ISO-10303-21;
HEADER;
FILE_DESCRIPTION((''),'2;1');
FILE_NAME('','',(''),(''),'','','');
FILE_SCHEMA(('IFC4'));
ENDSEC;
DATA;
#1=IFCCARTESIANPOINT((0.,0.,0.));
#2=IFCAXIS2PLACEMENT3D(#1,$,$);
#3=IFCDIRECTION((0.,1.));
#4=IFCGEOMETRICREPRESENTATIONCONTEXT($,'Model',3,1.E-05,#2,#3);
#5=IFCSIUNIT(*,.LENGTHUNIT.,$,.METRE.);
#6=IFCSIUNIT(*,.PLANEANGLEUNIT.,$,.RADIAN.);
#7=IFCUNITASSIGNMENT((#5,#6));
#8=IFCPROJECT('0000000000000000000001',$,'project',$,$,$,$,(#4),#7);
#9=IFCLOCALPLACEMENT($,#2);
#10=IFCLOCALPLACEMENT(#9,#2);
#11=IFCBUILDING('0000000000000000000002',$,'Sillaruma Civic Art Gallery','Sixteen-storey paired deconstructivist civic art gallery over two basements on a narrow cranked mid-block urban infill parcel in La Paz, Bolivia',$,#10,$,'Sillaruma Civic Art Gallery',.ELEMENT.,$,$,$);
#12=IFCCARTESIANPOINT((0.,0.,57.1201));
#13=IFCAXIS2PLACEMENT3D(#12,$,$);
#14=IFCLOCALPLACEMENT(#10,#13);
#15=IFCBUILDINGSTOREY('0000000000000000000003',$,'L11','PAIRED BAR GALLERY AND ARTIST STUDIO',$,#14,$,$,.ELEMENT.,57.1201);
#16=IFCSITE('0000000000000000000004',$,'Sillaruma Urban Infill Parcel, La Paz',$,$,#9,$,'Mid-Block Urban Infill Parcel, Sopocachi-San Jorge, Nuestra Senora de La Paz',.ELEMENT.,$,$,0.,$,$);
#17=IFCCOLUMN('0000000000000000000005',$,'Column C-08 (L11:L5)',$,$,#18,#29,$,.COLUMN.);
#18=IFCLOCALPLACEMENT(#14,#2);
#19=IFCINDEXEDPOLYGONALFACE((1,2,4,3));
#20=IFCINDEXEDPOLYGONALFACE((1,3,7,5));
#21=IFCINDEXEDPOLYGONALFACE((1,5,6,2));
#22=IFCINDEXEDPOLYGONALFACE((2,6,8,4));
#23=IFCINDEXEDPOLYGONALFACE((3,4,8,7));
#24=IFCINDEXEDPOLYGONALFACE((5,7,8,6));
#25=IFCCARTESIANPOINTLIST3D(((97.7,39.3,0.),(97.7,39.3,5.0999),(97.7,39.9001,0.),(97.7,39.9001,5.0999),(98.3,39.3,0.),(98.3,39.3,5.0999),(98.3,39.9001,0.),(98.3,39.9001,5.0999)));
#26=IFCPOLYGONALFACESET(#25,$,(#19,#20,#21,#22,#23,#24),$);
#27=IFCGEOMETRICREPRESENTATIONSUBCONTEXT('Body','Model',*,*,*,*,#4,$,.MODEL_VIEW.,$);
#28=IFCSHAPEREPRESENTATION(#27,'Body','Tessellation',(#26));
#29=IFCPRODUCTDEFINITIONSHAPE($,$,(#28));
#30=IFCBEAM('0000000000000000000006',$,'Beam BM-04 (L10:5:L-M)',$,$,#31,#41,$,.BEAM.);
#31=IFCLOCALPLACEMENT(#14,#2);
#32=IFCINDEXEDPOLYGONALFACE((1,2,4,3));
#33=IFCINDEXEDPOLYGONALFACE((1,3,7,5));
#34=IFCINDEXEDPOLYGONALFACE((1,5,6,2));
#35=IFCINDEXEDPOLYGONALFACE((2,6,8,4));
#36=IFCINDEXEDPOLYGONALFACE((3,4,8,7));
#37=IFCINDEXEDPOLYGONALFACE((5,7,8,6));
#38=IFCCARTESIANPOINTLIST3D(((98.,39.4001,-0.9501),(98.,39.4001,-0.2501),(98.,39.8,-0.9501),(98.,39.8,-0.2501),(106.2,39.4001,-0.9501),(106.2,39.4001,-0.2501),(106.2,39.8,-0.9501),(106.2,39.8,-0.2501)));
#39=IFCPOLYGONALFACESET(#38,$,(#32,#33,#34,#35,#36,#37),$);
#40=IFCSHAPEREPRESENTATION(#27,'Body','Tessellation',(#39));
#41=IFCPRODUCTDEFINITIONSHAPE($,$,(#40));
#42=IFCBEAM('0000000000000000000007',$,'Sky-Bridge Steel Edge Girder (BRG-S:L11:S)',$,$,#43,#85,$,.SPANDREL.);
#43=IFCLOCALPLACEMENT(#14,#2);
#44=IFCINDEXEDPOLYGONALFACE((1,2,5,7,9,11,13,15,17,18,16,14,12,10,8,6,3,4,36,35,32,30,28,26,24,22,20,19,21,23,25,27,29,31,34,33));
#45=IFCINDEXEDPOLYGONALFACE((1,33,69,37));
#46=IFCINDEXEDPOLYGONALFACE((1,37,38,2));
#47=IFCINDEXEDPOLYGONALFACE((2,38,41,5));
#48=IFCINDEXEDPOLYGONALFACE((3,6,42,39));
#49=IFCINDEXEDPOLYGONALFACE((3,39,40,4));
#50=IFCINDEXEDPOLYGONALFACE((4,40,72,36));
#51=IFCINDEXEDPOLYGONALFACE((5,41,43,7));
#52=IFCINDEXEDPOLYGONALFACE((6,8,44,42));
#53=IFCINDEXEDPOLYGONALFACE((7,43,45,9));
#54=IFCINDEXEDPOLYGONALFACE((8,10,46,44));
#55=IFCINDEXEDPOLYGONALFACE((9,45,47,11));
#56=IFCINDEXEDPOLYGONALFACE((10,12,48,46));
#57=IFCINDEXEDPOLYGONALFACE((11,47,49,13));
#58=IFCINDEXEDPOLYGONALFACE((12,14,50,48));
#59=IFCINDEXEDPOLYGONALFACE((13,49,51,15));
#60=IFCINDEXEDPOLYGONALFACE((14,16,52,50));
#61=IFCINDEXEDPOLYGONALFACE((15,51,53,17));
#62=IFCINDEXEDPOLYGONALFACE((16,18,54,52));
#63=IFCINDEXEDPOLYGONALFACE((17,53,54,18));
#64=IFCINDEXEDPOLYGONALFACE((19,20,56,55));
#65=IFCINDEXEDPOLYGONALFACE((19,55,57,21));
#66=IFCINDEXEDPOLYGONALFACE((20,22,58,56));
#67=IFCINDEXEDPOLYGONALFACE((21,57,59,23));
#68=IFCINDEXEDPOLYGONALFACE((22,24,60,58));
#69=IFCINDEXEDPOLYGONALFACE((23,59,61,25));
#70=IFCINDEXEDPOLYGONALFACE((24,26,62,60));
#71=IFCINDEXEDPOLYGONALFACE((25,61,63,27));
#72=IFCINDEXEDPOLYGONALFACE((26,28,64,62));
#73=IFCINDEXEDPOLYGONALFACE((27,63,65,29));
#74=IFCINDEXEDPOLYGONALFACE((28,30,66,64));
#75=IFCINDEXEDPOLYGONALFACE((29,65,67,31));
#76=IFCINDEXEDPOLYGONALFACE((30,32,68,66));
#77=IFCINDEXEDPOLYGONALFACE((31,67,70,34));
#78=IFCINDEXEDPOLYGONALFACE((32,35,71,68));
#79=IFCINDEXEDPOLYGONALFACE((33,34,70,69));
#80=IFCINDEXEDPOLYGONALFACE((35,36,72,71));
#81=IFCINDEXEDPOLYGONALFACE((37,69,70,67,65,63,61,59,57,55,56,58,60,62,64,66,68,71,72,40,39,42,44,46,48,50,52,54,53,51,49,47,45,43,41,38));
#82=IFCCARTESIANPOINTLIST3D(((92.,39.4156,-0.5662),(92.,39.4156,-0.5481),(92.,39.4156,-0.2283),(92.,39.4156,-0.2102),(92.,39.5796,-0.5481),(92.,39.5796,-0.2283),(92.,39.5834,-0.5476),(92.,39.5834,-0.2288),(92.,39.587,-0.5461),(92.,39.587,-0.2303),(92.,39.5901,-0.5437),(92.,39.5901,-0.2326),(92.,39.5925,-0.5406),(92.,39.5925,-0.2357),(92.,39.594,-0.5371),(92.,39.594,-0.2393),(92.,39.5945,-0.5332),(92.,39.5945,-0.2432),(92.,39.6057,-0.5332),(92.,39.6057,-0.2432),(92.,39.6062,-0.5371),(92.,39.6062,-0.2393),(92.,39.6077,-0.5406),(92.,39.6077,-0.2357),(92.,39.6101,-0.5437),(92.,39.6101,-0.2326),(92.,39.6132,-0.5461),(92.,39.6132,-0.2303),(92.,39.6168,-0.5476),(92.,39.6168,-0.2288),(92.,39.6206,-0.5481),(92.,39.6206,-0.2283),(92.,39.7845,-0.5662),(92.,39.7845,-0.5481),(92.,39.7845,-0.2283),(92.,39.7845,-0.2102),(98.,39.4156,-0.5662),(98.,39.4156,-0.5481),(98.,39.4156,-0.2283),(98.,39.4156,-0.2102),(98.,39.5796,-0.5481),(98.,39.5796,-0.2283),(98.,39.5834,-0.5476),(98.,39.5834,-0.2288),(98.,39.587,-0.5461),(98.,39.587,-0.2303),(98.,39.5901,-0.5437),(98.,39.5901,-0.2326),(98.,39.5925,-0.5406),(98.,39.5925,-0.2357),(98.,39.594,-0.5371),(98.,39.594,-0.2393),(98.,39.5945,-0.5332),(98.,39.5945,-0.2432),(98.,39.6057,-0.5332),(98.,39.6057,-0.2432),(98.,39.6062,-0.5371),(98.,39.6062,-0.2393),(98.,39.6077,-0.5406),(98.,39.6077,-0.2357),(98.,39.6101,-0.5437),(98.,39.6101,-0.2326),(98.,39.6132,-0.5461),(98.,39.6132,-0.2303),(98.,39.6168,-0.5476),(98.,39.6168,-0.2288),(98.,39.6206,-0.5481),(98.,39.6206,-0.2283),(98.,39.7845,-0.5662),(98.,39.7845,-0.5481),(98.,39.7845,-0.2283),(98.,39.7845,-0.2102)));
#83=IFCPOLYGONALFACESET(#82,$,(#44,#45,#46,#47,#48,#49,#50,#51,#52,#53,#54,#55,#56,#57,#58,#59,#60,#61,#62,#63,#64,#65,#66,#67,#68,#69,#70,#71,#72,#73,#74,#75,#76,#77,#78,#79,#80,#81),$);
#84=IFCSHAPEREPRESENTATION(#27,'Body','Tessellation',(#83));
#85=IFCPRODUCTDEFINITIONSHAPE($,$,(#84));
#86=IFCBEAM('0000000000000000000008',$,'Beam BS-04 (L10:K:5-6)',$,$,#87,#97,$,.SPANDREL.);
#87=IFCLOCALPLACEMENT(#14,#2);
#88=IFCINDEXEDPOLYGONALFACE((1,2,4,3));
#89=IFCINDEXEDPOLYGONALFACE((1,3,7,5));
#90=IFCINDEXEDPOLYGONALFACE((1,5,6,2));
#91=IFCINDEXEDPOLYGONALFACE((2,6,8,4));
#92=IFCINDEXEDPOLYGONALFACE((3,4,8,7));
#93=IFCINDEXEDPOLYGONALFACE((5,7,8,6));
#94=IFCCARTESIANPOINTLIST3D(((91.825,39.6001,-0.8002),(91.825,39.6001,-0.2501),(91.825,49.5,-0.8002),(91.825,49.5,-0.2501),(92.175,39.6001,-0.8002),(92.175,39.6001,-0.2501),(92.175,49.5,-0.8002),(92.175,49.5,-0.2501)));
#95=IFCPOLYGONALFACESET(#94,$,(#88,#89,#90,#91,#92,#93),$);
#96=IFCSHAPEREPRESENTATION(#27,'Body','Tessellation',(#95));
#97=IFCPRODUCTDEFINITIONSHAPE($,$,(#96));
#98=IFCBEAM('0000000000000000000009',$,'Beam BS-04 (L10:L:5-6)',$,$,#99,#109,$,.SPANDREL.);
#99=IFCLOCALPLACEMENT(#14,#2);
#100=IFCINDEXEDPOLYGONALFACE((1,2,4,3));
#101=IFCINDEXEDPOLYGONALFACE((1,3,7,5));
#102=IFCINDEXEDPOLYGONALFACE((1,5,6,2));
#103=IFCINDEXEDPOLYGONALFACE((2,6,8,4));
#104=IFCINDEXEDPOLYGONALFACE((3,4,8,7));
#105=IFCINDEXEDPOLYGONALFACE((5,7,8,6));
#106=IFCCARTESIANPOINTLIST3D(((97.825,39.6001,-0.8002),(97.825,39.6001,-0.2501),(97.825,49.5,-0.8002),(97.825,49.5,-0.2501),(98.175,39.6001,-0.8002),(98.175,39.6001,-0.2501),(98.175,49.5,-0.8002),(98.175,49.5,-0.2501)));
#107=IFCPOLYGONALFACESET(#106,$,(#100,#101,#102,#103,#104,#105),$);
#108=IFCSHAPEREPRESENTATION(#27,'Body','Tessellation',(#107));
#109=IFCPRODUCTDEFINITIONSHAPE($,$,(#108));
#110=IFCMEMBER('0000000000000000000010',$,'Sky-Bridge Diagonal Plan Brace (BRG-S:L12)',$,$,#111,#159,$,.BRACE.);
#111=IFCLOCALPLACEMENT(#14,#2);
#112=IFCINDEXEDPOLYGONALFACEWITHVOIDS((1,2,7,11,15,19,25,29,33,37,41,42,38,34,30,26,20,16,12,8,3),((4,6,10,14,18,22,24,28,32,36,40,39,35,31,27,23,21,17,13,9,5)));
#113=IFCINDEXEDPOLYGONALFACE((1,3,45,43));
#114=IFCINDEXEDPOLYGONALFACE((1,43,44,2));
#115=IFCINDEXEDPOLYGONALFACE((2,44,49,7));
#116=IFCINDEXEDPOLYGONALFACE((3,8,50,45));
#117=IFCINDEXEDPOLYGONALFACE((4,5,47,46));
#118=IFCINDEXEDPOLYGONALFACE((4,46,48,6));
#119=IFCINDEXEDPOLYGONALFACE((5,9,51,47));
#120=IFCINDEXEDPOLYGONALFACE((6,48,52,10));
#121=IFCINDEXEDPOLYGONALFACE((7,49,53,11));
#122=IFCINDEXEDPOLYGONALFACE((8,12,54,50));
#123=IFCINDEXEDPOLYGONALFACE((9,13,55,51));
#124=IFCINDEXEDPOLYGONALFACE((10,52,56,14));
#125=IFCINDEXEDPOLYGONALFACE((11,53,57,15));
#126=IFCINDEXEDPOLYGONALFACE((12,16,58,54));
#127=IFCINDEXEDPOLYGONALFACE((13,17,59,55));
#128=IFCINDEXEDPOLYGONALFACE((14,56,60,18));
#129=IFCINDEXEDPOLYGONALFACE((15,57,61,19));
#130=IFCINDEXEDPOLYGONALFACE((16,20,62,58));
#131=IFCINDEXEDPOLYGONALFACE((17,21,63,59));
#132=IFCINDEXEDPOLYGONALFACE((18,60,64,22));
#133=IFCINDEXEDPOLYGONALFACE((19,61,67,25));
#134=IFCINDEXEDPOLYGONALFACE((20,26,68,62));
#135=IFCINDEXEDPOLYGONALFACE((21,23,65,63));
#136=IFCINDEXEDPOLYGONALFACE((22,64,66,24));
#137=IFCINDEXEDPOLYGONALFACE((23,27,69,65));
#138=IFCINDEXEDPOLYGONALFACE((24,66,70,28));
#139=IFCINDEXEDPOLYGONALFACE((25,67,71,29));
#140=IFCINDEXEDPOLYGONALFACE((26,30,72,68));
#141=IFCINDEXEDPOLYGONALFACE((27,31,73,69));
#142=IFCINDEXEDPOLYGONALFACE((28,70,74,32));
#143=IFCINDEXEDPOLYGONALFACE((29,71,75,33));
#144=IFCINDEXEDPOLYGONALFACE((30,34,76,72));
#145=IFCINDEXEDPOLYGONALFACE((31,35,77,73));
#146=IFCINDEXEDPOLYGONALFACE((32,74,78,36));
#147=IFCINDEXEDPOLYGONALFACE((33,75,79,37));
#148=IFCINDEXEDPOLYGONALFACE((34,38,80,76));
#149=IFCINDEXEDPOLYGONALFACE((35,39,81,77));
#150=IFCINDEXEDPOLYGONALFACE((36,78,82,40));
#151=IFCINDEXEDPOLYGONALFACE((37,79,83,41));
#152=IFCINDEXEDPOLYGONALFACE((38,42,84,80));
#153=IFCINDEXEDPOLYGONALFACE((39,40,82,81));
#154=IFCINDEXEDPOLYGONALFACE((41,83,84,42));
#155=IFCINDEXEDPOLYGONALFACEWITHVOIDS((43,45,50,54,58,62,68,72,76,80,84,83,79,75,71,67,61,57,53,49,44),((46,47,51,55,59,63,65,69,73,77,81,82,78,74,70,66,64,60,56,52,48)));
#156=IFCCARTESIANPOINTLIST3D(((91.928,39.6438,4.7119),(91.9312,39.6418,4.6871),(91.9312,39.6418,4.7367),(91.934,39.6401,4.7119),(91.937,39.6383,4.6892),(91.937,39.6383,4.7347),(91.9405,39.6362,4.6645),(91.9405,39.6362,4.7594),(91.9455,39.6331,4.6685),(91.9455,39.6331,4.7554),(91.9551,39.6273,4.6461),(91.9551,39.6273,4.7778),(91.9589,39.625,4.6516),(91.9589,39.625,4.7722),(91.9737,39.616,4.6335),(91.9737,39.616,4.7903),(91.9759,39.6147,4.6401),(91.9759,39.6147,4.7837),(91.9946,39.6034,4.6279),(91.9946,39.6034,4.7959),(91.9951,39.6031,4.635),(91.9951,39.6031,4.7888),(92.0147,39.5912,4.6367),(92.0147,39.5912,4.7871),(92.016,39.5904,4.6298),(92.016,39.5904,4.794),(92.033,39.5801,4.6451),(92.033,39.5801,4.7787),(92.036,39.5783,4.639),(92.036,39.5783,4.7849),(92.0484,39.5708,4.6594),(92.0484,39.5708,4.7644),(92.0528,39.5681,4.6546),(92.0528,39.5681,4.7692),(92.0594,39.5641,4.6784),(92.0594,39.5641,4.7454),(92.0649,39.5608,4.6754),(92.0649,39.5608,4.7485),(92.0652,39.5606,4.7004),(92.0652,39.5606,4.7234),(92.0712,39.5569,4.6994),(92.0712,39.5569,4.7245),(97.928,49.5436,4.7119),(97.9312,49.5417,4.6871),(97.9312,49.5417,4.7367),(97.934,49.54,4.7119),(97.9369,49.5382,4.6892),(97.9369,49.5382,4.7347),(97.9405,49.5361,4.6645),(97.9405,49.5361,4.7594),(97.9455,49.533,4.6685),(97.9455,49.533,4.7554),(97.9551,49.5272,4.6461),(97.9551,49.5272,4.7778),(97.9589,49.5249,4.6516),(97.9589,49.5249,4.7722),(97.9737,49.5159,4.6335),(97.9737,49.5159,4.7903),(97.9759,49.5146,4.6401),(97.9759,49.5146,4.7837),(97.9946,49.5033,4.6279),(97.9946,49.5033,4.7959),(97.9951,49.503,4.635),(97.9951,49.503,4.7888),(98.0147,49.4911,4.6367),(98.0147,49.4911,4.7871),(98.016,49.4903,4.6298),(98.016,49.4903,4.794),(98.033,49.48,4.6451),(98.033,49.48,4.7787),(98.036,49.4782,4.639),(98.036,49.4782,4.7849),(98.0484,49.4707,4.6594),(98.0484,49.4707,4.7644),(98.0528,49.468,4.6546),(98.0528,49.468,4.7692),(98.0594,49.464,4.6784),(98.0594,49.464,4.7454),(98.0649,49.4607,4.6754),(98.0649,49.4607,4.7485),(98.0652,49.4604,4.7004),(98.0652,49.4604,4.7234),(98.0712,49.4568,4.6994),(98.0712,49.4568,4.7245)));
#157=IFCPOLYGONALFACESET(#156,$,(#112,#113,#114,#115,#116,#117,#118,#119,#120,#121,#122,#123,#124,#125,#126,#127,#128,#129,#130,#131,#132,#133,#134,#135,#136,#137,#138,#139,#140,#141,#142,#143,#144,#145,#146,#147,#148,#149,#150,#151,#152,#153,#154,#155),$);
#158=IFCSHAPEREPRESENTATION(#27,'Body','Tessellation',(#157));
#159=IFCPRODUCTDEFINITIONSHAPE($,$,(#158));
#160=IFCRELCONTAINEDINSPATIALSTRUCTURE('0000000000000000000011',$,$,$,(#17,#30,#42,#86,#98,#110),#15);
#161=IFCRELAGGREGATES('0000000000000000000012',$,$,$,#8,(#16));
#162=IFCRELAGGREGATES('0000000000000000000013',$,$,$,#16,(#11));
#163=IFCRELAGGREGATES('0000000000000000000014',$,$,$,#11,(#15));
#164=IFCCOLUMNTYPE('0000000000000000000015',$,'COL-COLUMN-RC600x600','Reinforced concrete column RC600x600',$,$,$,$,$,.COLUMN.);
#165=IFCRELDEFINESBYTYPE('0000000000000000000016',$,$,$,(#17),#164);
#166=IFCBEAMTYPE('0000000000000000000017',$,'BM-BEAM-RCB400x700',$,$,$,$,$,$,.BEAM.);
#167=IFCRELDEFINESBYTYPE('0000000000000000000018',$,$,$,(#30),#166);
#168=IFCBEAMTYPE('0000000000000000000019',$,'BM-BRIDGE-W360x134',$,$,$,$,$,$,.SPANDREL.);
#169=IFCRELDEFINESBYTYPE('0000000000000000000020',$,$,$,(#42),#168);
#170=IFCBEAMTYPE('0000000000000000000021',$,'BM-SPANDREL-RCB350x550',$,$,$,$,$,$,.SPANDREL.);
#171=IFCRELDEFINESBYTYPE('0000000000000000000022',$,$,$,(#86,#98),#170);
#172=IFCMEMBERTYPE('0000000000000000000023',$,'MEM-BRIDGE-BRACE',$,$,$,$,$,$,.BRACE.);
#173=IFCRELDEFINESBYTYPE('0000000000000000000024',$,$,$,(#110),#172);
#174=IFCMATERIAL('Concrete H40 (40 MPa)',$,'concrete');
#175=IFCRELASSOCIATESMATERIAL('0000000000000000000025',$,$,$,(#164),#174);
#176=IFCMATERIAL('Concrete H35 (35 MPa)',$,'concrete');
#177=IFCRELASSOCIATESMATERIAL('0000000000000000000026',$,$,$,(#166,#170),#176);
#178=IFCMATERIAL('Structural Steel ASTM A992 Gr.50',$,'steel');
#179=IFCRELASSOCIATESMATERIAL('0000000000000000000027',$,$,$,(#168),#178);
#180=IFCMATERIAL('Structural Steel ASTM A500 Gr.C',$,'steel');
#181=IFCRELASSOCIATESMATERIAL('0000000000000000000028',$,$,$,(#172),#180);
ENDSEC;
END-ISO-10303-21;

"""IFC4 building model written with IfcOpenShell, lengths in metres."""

from ifc_helpers import new_model, si_unit, direction, frame, origin, origin_2d, place, context, subcontext, project, spatial, rectangle, hollow_circle, i_section, extrude, material, material_profile, profile_set, type_object, element, save


model = new_model("IFC4")

# Units and contexts
model_context = context("Model", 3, precision=1e-05, world=origin(), true_north=direction((0.0, 1.0)))
body_context = subcontext(model_context, "Body", "Model", "MODEL_VIEW")
ifc_project = project(units=[si_unit("LENGTHUNIT", "METRE"), si_unit("PLANEANGLEUNIT", "RADIAN")], contexts=[model_context])

# Site, building, storey
site_placement = place(None, origin())
site = spatial("IfcSite", under=ifc_project, at=site_placement, Name="Sillaruma Urban Infill Parcel, La Paz", LongName="Mid-Block Urban Infill Parcel, Sopocachi-San Jorge, Nuestra Senora de La Paz", CompositionType="ELEMENT", RefElevation=0.0)
building_placement = place(site_placement, origin())
building = spatial("IfcBuilding", under=site, at=building_placement, Name="Sillaruma Civic Art Gallery", Description="Sixteen-storey paired deconstructivist civic art gallery over two basements on a narrow cranked mid-block urban infill parcel in La Paz, Bolivia", LongName="Sillaruma Civic Art Gallery", CompositionType="ELEMENT")
storey_placement = place(building_placement, frame((0.0, 0.0, 57.1201)))
storey = spatial("IfcBuildingStorey", under=building, at=storey_placement, Name="L11", Description="PAIRED BAR GALLERY AND ARTIST STUDIO", CompositionType="ELEMENT", Elevation=57.1201)

# Column
ifc_material_1 = material(Name="Concrete H40 (40 MPa)", Category="concrete")
ifc_material_profile_1 = material_profile(ifc_material_1, rectangle(XDim=0.6001, YDim=0.6001, at=origin_2d()), Name="RC600x600")
ifc_profile_set_1 = profile_set([ifc_material_profile_1], Name="Concrete H40 (40 MPa)")
column_type = type_object("IfcColumnType", Name="COL-COLUMN-RC600x600", Description="Reinforced concrete column RC600x600", PredefinedType="COLUMN", material=ifc_profile_set_1)
column_placement = place(storey_placement, frame((98.0, 39.6001, 0.0), z_axis=(0.0, 0.0, 1.0), x_axis=(1.0, 0.0, 0.0)))
element("IfcColumn", 1, at=column_placement, inside=storey, type_object=column_type, Name="Column C-08 (L11:L5)", PredefinedType="COLUMN", context=body_context, shape_type="SweptSolid", body=[
    extrude(rectangle(XDim=0.6001, YDim=0.6001, at=origin_2d()), origin(), (0.0, 0.0, 1.0), 5.0999),
])

# Beams
ifc_material_2 = material(Name="Concrete H35 (35 MPa)", Category="concrete")
ifc_material_profile_2 = material_profile(ifc_material_2, rectangle(XDim=0.3999, YDim=0.7, at=origin_2d()), Name="RCB400x700")
ifc_profile_set_2 = profile_set([ifc_material_profile_2], Name="Concrete H35 (35 MPa)")
beam_type_1 = type_object("IfcBeamType", Name="BM-BEAM-RCB400x700", PredefinedType="BEAM", material=ifc_profile_set_2)
beam_1_placement = place(storey_placement, frame((98.0, 39.6001, -0.6001), z_axis=(1.0, 0.0, 0.0), x_axis=(0.0, 1.0, 0.0)))
element("IfcBeam", 2, at=beam_1_placement, inside=storey, type_object=beam_type_1, Name="Beam BM-04 (L10:5:L-M)", PredefinedType="BEAM", context=body_context, shape_type="SweptSolid", body=[
    extrude(rectangle(XDim=0.3999, YDim=0.7, at=origin_2d()), origin(), (0.0, 0.0, 1.0), 8.2),
])
ifc_material_3 = material(Name="Structural Steel ASTM A992 Gr.50", Category="steel")
ifc_material_profile_3 = material_profile(ifc_material_3, i_section(OverallWidth=0.3689, OverallDepth=0.356, WebThickness=0.0112, FlangeThickness=0.0181, FilletRadius=0.0149, at=origin_2d()), Name="W360x134")
ifc_profile_set_3 = profile_set([ifc_material_profile_3], Name="Structural Steel ASTM A992 Gr.50")
beam_type_2 = type_object("IfcBeamType", Name="BM-BRIDGE-W360x134", PredefinedType="SPANDREL", material=ifc_profile_set_3)
beam_2_placement = place(storey_placement, frame((92.0, 39.6001, -0.3882), z_axis=(1.0, 0.0, 0.0), x_axis=(0.0, 1.0, 0.0)))
element("IfcBeam", 3, at=beam_2_placement, inside=storey, type_object=beam_type_2, Name="Sky-Bridge Steel Edge Girder (BRG-S:L11:S)", PredefinedType="SPANDREL", context=body_context, shape_type="SweptSolid", body=[
    extrude(i_section(OverallWidth=0.3689, OverallDepth=0.356, WebThickness=0.0112, FlangeThickness=0.0181, FilletRadius=0.0149, at=origin_2d()), origin(), (0.0, 0.0, 1.0), 6.0),
])
ifc_material_profile_4 = material_profile(ifc_material_2, rectangle(XDim=0.3501, YDim=0.55, at=origin_2d()), Name="RCB350x550")
ifc_profile_set_4 = profile_set([ifc_material_profile_4], Name="Concrete H35 (35 MPa)")
beam_type_3 = type_object("IfcBeamType", Name="BM-SPANDREL-RCB350x550", PredefinedType="SPANDREL", material=ifc_profile_set_4)
for number, where, z_axis, x_axis, name in (
    (4, (92.0, 39.6001, -0.5251), (0.0, 1.0, 0.0), (-1.0, 0.0, 0.0), "Beam BS-04 (L10:K:5-6)"),
    (5, (98.0, 39.6001, -0.5251), (0.0, 1.0, 0.0), (-1.0, 0.0, 0.0), "Beam BS-04 (L10:L:5-6)"),
):
    element("IfcBeam", number, at=place(storey_placement, frame(where, z_axis=z_axis, x_axis=x_axis)), inside=storey, type_object=beam_type_3, Name=name, PredefinedType="SPANDREL", context=body_context, shape_type="SweptSolid", body=[
        extrude(rectangle(XDim=0.3501, YDim=0.55, at=origin_2d()), origin(), (0.0, 0.0, 1.0), 9.8999),
    ])

# Member
ifc_material_4 = material(Name="Structural Steel ASTM A500 Gr.C", Category="steel")
ifc_material_profile_5 = material_profile(ifc_material_4, hollow_circle(Radius=0.0842, WallThickness=0.0071, at=origin_2d()), Name="CHS168.3x7.1")
ifc_profile_set_5 = profile_set([ifc_material_profile_5], Name="Structural Steel ASTM A500 Gr.C")
member_type_1 = type_object("IfcMemberType", Name="MEM-BRIDGE-BRACE", PredefinedType="BRACE", material=ifc_profile_set_5)
member_1_placement = place(storey_placement, frame((92.0, 39.6001, 4.7119), z_axis=(0.518305, 0.855196, 0.0), x_axis=(-0.855196, 0.518305, 0.0)))
element("IfcMember", 6, at=member_1_placement, inside=storey, type_object=member_type_1, Name="Sky-Bridge Diagonal Plan Brace (BRG-S:L12)", PredefinedType="BRACE", context=body_context, shape_type="SweptSolid", body=[
    extrude(hollow_circle(Radius=0.0842, WallThickness=0.0071, at=origin_2d()), origin(), (0.0, 0.0, 1.0), 11.5762),
])

save(model, "model.ifc")
